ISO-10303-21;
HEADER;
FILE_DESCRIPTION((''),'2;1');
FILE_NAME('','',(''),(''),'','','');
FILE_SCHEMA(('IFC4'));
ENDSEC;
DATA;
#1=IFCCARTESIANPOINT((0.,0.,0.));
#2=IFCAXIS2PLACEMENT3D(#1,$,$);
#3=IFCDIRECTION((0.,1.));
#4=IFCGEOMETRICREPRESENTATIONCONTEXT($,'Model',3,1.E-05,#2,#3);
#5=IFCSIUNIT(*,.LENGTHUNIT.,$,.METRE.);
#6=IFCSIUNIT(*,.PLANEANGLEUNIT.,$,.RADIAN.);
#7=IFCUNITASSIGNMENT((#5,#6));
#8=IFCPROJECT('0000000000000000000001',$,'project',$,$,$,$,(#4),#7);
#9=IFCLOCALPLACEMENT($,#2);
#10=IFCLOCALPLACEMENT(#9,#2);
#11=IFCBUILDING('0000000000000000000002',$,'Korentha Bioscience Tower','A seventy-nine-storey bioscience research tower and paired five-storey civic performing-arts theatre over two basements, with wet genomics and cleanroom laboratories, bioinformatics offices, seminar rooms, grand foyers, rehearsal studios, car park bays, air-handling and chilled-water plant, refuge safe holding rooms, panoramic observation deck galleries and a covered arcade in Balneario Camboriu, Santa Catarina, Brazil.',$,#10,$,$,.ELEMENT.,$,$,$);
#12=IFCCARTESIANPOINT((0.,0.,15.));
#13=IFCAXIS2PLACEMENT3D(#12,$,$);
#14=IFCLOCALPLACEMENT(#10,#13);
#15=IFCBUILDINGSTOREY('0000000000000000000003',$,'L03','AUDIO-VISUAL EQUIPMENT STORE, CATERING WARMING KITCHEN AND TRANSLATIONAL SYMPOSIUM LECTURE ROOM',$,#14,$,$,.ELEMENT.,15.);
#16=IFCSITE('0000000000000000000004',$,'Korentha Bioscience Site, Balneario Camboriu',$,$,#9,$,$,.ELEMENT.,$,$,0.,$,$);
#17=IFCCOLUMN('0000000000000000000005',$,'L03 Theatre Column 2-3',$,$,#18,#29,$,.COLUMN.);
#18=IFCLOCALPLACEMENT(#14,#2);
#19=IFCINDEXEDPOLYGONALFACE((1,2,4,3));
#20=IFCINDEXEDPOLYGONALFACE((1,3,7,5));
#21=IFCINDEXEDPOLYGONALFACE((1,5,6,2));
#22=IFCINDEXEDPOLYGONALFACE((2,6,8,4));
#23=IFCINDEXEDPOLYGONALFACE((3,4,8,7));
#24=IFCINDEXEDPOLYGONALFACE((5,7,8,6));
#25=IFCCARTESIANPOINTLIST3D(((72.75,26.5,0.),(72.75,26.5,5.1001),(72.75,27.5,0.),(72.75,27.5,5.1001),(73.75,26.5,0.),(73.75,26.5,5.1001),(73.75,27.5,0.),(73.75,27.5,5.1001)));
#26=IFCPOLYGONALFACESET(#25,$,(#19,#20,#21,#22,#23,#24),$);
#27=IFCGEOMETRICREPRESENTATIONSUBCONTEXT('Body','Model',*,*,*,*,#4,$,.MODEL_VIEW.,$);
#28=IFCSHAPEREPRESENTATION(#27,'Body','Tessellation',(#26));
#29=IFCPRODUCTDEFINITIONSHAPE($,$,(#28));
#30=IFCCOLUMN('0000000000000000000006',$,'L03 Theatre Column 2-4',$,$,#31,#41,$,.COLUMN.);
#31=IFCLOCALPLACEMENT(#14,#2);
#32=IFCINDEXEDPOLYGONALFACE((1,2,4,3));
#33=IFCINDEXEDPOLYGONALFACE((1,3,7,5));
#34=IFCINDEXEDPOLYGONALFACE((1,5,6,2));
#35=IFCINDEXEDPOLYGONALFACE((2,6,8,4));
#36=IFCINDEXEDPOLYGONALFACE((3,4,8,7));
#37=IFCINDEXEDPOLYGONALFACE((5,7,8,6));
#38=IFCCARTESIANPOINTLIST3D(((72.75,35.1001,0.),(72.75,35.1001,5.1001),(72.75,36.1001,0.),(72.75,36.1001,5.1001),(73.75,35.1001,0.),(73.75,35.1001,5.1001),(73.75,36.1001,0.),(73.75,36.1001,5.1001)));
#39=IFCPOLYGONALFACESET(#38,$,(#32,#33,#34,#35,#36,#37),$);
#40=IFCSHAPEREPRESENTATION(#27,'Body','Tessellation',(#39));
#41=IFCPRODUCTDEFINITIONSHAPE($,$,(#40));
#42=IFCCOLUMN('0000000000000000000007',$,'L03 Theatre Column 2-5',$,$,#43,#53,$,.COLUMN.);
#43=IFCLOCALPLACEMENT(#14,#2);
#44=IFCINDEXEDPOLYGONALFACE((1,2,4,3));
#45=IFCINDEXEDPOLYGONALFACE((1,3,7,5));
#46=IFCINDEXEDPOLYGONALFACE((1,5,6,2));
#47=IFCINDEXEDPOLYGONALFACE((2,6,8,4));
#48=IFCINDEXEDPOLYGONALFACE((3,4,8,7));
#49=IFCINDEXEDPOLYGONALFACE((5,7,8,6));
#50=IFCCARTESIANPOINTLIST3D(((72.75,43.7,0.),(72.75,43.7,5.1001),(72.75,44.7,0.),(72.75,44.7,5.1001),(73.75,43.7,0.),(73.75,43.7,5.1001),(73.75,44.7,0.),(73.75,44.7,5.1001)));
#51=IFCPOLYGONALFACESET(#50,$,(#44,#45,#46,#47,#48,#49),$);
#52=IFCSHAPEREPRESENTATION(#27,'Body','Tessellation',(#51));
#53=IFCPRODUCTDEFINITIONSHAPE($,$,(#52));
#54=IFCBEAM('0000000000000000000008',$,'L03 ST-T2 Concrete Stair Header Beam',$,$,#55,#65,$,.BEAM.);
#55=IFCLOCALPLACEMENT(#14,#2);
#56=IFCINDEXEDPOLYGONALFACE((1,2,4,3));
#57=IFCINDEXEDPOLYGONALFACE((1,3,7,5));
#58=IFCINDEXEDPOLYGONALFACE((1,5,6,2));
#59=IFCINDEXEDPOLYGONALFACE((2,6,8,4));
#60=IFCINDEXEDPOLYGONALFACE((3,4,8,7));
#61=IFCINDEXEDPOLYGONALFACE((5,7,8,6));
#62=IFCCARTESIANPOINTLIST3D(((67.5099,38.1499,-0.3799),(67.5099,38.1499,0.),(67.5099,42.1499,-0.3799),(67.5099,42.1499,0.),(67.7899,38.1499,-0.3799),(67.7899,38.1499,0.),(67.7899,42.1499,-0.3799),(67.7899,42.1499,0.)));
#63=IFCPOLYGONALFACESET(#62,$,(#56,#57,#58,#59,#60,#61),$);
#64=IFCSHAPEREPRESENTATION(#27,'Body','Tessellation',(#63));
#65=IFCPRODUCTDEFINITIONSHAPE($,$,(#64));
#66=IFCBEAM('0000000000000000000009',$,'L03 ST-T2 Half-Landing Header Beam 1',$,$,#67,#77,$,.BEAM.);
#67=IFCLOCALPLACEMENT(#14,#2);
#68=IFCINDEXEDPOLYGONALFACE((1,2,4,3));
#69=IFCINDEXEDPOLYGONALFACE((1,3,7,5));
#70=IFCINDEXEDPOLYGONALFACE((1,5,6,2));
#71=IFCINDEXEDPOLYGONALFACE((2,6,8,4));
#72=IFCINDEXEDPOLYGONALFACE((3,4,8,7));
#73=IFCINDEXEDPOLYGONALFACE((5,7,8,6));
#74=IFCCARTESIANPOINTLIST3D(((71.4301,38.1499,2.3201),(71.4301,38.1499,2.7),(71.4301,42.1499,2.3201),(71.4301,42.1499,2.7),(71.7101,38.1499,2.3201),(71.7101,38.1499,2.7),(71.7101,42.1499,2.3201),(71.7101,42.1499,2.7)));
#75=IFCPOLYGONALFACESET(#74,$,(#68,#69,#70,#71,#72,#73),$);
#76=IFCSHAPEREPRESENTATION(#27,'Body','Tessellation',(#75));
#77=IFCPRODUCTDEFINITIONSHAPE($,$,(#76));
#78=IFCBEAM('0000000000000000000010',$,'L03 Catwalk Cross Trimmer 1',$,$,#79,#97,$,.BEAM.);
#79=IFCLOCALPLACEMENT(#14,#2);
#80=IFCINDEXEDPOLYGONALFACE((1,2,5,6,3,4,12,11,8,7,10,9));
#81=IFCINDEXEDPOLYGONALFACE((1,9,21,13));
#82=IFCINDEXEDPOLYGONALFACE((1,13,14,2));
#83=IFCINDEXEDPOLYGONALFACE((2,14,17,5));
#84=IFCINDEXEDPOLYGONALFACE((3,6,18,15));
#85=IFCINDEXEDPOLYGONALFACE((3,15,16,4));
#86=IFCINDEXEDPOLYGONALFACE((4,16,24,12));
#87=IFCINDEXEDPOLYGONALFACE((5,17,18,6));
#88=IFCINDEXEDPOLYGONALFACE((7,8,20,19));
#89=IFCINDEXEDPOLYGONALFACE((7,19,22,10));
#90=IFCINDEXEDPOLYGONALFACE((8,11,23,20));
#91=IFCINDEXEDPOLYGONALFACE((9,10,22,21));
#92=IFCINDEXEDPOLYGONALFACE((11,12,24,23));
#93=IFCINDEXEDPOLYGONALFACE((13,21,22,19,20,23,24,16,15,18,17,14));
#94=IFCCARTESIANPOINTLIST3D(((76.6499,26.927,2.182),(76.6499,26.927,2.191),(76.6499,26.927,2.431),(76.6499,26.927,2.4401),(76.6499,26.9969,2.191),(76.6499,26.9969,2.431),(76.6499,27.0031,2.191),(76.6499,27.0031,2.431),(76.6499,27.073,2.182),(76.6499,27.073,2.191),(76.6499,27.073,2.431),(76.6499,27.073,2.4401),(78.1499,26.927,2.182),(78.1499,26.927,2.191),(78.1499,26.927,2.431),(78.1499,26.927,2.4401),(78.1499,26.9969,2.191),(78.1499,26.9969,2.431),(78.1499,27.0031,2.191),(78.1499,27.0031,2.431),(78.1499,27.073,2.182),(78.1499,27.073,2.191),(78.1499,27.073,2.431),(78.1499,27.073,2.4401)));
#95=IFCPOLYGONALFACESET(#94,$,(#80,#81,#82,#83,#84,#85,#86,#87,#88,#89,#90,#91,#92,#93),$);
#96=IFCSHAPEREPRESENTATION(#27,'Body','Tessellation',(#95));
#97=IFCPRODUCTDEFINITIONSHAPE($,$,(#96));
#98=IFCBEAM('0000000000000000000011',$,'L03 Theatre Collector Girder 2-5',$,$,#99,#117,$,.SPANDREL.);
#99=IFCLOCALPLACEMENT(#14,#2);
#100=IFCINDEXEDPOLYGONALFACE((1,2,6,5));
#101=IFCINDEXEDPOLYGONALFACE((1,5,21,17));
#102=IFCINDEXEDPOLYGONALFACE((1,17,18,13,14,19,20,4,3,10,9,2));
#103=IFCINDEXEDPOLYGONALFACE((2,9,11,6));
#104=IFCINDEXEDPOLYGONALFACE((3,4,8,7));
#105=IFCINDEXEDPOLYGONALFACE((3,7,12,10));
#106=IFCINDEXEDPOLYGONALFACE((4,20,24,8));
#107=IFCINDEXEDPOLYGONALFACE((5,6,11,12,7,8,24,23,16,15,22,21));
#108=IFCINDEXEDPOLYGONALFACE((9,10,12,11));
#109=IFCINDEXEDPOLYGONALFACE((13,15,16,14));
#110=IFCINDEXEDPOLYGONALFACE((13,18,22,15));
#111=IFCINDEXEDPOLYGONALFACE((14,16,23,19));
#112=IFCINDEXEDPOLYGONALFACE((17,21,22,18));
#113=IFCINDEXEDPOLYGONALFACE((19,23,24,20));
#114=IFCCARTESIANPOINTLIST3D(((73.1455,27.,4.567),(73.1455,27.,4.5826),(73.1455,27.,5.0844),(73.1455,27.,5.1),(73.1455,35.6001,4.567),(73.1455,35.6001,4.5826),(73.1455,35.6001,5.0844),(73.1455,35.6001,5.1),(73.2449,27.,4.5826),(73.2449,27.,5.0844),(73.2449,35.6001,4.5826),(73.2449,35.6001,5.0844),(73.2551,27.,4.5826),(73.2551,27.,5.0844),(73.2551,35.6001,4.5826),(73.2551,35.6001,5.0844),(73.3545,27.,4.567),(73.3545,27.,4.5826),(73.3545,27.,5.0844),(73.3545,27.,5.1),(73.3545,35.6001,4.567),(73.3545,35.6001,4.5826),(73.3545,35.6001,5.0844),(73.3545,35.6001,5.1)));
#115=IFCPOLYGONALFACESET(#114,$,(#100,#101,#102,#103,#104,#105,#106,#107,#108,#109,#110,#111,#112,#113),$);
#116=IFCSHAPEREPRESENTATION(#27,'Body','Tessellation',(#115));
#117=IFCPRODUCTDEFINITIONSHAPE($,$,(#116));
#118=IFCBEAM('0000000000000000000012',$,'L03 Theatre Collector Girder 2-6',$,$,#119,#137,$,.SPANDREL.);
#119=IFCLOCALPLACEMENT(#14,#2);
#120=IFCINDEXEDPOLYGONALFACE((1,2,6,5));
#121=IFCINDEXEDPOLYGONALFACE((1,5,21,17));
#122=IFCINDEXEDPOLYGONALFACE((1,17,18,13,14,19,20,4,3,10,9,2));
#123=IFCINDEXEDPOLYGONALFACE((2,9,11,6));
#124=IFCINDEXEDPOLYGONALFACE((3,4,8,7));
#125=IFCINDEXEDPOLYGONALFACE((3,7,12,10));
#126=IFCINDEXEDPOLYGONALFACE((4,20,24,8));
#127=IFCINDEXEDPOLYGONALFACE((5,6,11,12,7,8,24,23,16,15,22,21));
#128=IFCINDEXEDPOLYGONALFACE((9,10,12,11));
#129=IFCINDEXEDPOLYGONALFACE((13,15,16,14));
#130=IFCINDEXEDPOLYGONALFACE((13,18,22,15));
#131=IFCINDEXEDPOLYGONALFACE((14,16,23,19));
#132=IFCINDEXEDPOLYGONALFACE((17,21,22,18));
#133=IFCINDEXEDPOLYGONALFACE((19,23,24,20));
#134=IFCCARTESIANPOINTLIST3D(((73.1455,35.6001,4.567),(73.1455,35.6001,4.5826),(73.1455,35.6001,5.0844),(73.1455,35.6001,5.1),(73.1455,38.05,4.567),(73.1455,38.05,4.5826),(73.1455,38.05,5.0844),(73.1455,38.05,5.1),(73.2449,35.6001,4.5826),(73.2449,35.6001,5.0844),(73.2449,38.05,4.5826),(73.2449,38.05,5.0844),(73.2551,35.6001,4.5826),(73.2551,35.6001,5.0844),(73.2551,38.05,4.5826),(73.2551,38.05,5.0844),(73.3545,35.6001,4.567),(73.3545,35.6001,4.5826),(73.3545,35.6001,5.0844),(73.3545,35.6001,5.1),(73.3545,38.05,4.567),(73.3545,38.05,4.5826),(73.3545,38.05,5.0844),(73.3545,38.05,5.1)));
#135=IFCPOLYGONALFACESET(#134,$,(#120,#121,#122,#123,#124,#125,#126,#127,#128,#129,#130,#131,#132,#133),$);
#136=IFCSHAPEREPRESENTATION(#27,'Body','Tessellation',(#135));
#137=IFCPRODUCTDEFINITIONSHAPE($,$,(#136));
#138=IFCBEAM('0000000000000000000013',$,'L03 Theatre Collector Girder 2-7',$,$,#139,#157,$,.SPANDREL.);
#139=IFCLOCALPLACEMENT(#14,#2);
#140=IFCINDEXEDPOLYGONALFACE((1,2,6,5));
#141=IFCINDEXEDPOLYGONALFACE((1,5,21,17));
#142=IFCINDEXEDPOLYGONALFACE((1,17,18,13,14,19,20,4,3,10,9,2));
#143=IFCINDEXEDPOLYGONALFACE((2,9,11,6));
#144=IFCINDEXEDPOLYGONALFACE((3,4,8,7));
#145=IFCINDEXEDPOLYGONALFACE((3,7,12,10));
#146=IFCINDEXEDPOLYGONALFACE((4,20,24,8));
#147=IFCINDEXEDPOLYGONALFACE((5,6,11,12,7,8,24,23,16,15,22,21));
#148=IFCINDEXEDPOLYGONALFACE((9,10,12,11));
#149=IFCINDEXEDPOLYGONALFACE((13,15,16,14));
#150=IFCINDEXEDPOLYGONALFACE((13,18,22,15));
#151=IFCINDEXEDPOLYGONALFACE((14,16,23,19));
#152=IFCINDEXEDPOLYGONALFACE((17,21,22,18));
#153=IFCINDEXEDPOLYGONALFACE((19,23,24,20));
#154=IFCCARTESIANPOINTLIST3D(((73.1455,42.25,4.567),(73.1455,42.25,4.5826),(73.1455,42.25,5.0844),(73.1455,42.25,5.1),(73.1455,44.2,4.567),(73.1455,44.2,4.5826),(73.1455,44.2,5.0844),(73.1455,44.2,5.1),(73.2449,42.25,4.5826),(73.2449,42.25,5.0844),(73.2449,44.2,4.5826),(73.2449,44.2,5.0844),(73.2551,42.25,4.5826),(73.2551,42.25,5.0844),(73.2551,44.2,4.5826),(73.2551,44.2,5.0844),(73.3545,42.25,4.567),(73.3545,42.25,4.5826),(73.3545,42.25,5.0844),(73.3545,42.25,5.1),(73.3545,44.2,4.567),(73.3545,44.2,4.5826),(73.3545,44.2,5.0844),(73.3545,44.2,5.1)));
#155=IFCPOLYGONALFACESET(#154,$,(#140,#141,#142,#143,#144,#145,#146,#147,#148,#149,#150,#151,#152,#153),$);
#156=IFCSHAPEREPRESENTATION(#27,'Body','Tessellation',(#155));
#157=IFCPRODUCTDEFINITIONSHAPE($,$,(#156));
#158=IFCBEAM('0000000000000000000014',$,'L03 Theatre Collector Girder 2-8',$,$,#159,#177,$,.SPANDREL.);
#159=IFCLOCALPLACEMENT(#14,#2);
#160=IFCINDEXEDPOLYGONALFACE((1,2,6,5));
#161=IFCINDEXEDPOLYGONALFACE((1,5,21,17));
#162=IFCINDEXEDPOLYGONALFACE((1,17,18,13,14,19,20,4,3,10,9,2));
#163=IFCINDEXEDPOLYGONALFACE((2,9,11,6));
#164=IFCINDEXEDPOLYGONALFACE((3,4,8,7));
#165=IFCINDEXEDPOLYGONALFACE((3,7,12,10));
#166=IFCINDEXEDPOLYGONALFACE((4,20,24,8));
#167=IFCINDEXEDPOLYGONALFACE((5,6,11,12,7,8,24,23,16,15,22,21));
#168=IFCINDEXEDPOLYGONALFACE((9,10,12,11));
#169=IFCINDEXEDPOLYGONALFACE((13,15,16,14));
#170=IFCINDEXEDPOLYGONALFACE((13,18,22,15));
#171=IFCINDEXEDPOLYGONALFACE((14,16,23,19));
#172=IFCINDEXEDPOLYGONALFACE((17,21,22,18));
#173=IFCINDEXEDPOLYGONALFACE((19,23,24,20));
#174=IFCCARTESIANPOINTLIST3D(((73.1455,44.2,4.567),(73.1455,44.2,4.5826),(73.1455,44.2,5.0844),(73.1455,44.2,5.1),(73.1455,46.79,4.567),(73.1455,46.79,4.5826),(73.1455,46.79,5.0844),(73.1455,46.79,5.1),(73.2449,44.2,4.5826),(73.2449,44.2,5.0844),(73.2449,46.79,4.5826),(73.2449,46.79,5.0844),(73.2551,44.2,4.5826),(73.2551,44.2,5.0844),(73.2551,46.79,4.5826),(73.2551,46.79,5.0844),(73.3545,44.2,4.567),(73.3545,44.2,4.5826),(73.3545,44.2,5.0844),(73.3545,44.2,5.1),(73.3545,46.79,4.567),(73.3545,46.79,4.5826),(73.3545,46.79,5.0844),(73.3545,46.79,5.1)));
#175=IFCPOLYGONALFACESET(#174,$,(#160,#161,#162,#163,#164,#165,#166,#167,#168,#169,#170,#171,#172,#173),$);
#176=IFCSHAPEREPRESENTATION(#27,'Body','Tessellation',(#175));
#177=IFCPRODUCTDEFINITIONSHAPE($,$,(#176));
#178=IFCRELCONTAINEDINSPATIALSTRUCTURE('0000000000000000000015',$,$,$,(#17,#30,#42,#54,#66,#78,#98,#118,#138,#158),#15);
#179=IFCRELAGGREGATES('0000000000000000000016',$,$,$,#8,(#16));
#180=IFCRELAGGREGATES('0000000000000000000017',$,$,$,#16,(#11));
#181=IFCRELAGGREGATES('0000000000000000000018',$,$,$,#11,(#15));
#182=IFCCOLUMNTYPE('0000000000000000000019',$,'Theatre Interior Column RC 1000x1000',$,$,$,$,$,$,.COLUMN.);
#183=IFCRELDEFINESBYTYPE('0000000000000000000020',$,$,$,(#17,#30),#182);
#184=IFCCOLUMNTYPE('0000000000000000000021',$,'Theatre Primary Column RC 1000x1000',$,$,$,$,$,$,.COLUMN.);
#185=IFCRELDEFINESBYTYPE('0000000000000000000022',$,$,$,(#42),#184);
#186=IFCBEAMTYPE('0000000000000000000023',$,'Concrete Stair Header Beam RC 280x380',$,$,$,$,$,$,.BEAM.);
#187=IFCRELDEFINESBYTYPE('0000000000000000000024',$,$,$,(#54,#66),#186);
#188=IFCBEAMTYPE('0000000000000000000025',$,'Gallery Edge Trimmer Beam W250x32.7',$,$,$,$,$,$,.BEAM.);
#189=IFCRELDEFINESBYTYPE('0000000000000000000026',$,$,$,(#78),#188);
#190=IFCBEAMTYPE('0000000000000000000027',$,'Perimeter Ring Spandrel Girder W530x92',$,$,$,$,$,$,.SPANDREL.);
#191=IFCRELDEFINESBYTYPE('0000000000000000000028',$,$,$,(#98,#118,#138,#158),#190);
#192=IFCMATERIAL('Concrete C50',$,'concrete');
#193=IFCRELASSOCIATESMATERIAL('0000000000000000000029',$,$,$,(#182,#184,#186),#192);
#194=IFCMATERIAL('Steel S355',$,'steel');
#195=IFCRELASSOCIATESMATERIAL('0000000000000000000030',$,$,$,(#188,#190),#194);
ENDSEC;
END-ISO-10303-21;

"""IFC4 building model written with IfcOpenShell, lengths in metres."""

from ifc_helpers import new_model, si_unit, direction, frame, origin, origin_2d, place, context, subcontext, project, spatial, rectangle, i_section, extrude, material, material_profile, profile_set, type_object, element, save


model = new_model("IFC4")

# Units and contexts
model_context = context("Model", 3, precision=1e-05, world=origin(), true_north=direction((0.0, 1.0)))
body_context = subcontext(model_context, "Body", "Model", "MODEL_VIEW")
ifc_project = project(units=[si_unit("LENGTHUNIT", "METRE"), si_unit("PLANEANGLEUNIT", "RADIAN")], contexts=[model_context])

# Site, building, storey
site_placement = place(None, origin())
site = spatial("IfcSite", under=ifc_project, at=site_placement, Name="Korentha Bioscience Site, Balneario Camboriu", CompositionType="ELEMENT", RefElevation=0.0)
building_placement = place(site_placement, origin())
building = spatial("IfcBuilding", under=site, at=building_placement, Name="Korentha Bioscience Tower", Description="A seventy-nine-storey bioscience research tower and paired five-storey civic performing-arts theatre over two basements, with wet genomics and cleanroom laboratories, bioinformatics offices, seminar rooms, grand foyers, rehearsal studios, car park bays, air-handling and chilled-water plant, refuge safe holding rooms, panoramic observation deck galleries and a covered arcade in Balneario Camboriu, Santa Catarina, Brazil.", CompositionType="ELEMENT")
storey_placement = place(building_placement, frame((0.0, 0.0, 15.0)))
storey = spatial("IfcBuildingStorey", under=building, at=storey_placement, Name="L03", Description="AUDIO-VISUAL EQUIPMENT STORE, CATERING WARMING KITCHEN AND TRANSLATIONAL SYMPOSIUM LECTURE ROOM", CompositionType="ELEMENT", Elevation=15.0)

# Columns
ifc_material_1 = material(Name="Concrete C50", Category="concrete")
ifc_material_profile_1 = material_profile(ifc_material_1, rectangle(XDim=1.0, YDim=1.0, at=origin_2d()), Name="Concrete C50")
ifc_profile_set_1 = profile_set([ifc_material_profile_1], Name="Concrete C50 (TC-I01)")
column_type_1 = type_object("IfcColumnType", Name="Theatre Interior Column RC 1000x1000", PredefinedType="COLUMN", material=ifc_profile_set_1)
for number, where, z_axis, x_axis, name in (
    (1, (73.25, 27.0, 0.0), (0.0, 0.0, 1.0), (1.0, 0.0, 0.0), "L03 Theatre Column 2-3"),
    (2, (73.25, 35.6001, 0.0), (0.0, 0.0, 1.0), (1.0, 0.0, 0.0), "L03 Theatre Column 2-4"),
):
    element("IfcColumn", number, at=place(storey_placement, frame(where, z_axis=z_axis, x_axis=x_axis)), inside=storey, type_object=column_type_1, Name=name, PredefinedType="COLUMN", context=body_context, shape_type="SweptSolid", body=[
        extrude(rectangle(XDim=1.0, YDim=1.0, at=origin_2d()), origin(), (0.0, 0.0, 1.0), 5.1001),
    ])
ifc_material_profile_2 = material_profile(ifc_material_1, rectangle(XDim=1.0, YDim=1.0, at=origin_2d()), Name="Concrete C50")
ifc_profile_set_2 = profile_set([ifc_material_profile_2], Name="Concrete C50 (TC-01)")
column_type_2 = type_object("IfcColumnType", Name="Theatre Primary Column RC 1000x1000", PredefinedType="COLUMN", material=ifc_profile_set_2)
column_placement = place(storey_placement, frame((73.25, 44.2, 0.0), z_axis=(0.0, 0.0, 1.0), x_axis=(1.0, 0.0, 0.0)))
element("IfcColumn", 3, at=column_placement, inside=storey, type_object=column_type_2, Name="L03 Theatre Column 2-5", PredefinedType="COLUMN", context=body_context, shape_type="SweptSolid", body=[
    extrude(rectangle(XDim=1.0, YDim=1.0, at=origin_2d()), origin(), (0.0, 0.0, 1.0), 5.1001),
])

# Beams
ifc_material_profile_3 = material_profile(ifc_material_1, rectangle(XDim=0.28, YDim=0.3799, at=origin_2d()), Name="Concrete C50")
ifc_profile_set_3 = profile_set([ifc_material_profile_3], Name="Concrete C50 (ST-HB380)")
beam_type_1 = type_object("IfcBeamType", Name="Concrete Stair Header Beam RC 280x380", PredefinedType="BEAM", material=ifc_profile_set_3)
for number, where, z_axis, x_axis, name in (
    (4, (67.6499, 38.1499, -0.1899), (0.0, 1.0, 0.0), (-1.0, 0.0, 0.0), "L03 ST-T2 Concrete Stair Header Beam"),
    (5, (71.5701, 38.1499, 2.51), (0.0, 1.0, 0.0), (-1.0, 0.0, 0.0), "L03 ST-T2 Half-Landing Header Beam 1"),
):
    element("IfcBeam", number, at=place(storey_placement, frame(where, z_axis=z_axis, x_axis=x_axis)), inside=storey, type_object=beam_type_1, Name=name, PredefinedType="BEAM", context=body_context, shape_type="SweptSolid", body=[
        extrude(rectangle(XDim=0.28, YDim=0.3799, at=origin_2d()), origin(), (0.0, 0.0, 1.0), 4.0),
    ])
ifc_material_2 = material(Name="Steel S355", Category="steel")
ifc_material_profile_4 = material_profile(ifc_material_2, i_section(OverallWidth=0.146, OverallDepth=0.2581, WebThickness=0.0061, FlangeThickness=0.009, at=origin_2d()), Name="Steel S355")
ifc_profile_set_4 = profile_set([ifc_material_profile_4], Name="Steel S355 (GT-250)")
beam_type_2 = type_object("IfcBeamType", Name="Gallery Edge Trimmer Beam W250x32.7", PredefinedType="BEAM", material=ifc_profile_set_4)
beam_1_placement = place(storey_placement, frame((76.6499, 27.0, 2.311), z_axis=(1.0, 0.0, 0.0), x_axis=(0.0, 1.0, 0.0)))
element("IfcBeam", 6, at=beam_1_placement, inside=storey, type_object=beam_type_2, Name="L03 Catwalk Cross Trimmer 1", PredefinedType="BEAM", context=body_context, shape_type="SweptSolid", body=[
    extrude(i_section(OverallWidth=0.146, OverallDepth=0.2581, WebThickness=0.0061, FlangeThickness=0.009, at=origin_2d()), origin(), (0.0, 0.0, 1.0), 1.5),
])
ifc_material_profile_5 = material_profile(ifc_material_2, i_section(OverallWidth=0.209, OverallDepth=0.533, WebThickness=0.0103, FlangeThickness=0.0156, at=origin_2d()), Name="Steel S355")
ifc_profile_set_5 = profile_set([ifc_material_profile_5], Name="Steel S355 (SB-530)")
beam_type_3 = type_object("IfcBeamType", Name="Perimeter Ring Spandrel Girder W530x92", PredefinedType="SPANDREL", material=ifc_profile_set_5)
beam_2_placement = place(storey_placement, frame((73.25, 27.0, 4.8335), z_axis=(0.0, 1.0, 0.0), x_axis=(-1.0, 0.0, 0.0)))
element("IfcBeam", 7, at=beam_2_placement, inside=storey, type_object=beam_type_3, Name="L03 Theatre Collector Girder 2-5", PredefinedType="SPANDREL", context=body_context, shape_type="SweptSolid", body=[
    extrude(i_section(OverallWidth=0.209, OverallDepth=0.533, WebThickness=0.0103, FlangeThickness=0.0156, at=origin_2d()), origin(), (0.0, 0.0, 1.0), 8.6001),
])
beam_3_placement = place(storey_placement, frame((73.25, 35.6001, 4.8335), z_axis=(0.0, 1.0, 0.0), x_axis=(-1.0, 0.0, 0.0)))
element("IfcBeam", 8, at=beam_3_placement, inside=storey, type_object=beam_type_3, Name="L03 Theatre Collector Girder 2-6", PredefinedType="SPANDREL", context=body_context, shape_type="SweptSolid", body=[
    extrude(i_section(OverallWidth=0.209, OverallDepth=0.533, WebThickness=0.0103, FlangeThickness=0.0156, at=origin_2d()), origin(), (0.0, 0.0, 1.0), 2.45),
])
beam_4_placement = place(storey_placement, frame((73.25, 42.25, 4.8335), z_axis=(0.0, 1.0, 0.0), x_axis=(-1.0, 0.0, 0.0)))
element("IfcBeam", 9, at=beam_4_placement, inside=storey, type_object=beam_type_3, Name="L03 Theatre Collector Girder 2-7", PredefinedType="SPANDREL", context=body_context, shape_type="SweptSolid", body=[
    extrude(i_section(OverallWidth=0.209, OverallDepth=0.533, WebThickness=0.0103, FlangeThickness=0.0156, at=origin_2d()), origin(), (0.0, 0.0, 1.0), 1.95),
])
beam_5_placement = place(storey_placement, frame((73.25, 44.2, 4.8335), z_axis=(0.0, 1.0, 0.0), x_axis=(-1.0, 0.0, 0.0)))
element("IfcBeam", 10, at=beam_5_placement, inside=storey, type_object=beam_type_3, Name="L03 Theatre Collector Girder 2-8", PredefinedType="SPANDREL", context=body_context, shape_type="SweptSolid", body=[
    extrude(i_section(OverallWidth=0.209, OverallDepth=0.533, WebThickness=0.0103, FlangeThickness=0.0156, at=origin_2d()), origin(), (0.0, 0.0, 1.0), 2.5901),
])

save(model, "model.ifc")
